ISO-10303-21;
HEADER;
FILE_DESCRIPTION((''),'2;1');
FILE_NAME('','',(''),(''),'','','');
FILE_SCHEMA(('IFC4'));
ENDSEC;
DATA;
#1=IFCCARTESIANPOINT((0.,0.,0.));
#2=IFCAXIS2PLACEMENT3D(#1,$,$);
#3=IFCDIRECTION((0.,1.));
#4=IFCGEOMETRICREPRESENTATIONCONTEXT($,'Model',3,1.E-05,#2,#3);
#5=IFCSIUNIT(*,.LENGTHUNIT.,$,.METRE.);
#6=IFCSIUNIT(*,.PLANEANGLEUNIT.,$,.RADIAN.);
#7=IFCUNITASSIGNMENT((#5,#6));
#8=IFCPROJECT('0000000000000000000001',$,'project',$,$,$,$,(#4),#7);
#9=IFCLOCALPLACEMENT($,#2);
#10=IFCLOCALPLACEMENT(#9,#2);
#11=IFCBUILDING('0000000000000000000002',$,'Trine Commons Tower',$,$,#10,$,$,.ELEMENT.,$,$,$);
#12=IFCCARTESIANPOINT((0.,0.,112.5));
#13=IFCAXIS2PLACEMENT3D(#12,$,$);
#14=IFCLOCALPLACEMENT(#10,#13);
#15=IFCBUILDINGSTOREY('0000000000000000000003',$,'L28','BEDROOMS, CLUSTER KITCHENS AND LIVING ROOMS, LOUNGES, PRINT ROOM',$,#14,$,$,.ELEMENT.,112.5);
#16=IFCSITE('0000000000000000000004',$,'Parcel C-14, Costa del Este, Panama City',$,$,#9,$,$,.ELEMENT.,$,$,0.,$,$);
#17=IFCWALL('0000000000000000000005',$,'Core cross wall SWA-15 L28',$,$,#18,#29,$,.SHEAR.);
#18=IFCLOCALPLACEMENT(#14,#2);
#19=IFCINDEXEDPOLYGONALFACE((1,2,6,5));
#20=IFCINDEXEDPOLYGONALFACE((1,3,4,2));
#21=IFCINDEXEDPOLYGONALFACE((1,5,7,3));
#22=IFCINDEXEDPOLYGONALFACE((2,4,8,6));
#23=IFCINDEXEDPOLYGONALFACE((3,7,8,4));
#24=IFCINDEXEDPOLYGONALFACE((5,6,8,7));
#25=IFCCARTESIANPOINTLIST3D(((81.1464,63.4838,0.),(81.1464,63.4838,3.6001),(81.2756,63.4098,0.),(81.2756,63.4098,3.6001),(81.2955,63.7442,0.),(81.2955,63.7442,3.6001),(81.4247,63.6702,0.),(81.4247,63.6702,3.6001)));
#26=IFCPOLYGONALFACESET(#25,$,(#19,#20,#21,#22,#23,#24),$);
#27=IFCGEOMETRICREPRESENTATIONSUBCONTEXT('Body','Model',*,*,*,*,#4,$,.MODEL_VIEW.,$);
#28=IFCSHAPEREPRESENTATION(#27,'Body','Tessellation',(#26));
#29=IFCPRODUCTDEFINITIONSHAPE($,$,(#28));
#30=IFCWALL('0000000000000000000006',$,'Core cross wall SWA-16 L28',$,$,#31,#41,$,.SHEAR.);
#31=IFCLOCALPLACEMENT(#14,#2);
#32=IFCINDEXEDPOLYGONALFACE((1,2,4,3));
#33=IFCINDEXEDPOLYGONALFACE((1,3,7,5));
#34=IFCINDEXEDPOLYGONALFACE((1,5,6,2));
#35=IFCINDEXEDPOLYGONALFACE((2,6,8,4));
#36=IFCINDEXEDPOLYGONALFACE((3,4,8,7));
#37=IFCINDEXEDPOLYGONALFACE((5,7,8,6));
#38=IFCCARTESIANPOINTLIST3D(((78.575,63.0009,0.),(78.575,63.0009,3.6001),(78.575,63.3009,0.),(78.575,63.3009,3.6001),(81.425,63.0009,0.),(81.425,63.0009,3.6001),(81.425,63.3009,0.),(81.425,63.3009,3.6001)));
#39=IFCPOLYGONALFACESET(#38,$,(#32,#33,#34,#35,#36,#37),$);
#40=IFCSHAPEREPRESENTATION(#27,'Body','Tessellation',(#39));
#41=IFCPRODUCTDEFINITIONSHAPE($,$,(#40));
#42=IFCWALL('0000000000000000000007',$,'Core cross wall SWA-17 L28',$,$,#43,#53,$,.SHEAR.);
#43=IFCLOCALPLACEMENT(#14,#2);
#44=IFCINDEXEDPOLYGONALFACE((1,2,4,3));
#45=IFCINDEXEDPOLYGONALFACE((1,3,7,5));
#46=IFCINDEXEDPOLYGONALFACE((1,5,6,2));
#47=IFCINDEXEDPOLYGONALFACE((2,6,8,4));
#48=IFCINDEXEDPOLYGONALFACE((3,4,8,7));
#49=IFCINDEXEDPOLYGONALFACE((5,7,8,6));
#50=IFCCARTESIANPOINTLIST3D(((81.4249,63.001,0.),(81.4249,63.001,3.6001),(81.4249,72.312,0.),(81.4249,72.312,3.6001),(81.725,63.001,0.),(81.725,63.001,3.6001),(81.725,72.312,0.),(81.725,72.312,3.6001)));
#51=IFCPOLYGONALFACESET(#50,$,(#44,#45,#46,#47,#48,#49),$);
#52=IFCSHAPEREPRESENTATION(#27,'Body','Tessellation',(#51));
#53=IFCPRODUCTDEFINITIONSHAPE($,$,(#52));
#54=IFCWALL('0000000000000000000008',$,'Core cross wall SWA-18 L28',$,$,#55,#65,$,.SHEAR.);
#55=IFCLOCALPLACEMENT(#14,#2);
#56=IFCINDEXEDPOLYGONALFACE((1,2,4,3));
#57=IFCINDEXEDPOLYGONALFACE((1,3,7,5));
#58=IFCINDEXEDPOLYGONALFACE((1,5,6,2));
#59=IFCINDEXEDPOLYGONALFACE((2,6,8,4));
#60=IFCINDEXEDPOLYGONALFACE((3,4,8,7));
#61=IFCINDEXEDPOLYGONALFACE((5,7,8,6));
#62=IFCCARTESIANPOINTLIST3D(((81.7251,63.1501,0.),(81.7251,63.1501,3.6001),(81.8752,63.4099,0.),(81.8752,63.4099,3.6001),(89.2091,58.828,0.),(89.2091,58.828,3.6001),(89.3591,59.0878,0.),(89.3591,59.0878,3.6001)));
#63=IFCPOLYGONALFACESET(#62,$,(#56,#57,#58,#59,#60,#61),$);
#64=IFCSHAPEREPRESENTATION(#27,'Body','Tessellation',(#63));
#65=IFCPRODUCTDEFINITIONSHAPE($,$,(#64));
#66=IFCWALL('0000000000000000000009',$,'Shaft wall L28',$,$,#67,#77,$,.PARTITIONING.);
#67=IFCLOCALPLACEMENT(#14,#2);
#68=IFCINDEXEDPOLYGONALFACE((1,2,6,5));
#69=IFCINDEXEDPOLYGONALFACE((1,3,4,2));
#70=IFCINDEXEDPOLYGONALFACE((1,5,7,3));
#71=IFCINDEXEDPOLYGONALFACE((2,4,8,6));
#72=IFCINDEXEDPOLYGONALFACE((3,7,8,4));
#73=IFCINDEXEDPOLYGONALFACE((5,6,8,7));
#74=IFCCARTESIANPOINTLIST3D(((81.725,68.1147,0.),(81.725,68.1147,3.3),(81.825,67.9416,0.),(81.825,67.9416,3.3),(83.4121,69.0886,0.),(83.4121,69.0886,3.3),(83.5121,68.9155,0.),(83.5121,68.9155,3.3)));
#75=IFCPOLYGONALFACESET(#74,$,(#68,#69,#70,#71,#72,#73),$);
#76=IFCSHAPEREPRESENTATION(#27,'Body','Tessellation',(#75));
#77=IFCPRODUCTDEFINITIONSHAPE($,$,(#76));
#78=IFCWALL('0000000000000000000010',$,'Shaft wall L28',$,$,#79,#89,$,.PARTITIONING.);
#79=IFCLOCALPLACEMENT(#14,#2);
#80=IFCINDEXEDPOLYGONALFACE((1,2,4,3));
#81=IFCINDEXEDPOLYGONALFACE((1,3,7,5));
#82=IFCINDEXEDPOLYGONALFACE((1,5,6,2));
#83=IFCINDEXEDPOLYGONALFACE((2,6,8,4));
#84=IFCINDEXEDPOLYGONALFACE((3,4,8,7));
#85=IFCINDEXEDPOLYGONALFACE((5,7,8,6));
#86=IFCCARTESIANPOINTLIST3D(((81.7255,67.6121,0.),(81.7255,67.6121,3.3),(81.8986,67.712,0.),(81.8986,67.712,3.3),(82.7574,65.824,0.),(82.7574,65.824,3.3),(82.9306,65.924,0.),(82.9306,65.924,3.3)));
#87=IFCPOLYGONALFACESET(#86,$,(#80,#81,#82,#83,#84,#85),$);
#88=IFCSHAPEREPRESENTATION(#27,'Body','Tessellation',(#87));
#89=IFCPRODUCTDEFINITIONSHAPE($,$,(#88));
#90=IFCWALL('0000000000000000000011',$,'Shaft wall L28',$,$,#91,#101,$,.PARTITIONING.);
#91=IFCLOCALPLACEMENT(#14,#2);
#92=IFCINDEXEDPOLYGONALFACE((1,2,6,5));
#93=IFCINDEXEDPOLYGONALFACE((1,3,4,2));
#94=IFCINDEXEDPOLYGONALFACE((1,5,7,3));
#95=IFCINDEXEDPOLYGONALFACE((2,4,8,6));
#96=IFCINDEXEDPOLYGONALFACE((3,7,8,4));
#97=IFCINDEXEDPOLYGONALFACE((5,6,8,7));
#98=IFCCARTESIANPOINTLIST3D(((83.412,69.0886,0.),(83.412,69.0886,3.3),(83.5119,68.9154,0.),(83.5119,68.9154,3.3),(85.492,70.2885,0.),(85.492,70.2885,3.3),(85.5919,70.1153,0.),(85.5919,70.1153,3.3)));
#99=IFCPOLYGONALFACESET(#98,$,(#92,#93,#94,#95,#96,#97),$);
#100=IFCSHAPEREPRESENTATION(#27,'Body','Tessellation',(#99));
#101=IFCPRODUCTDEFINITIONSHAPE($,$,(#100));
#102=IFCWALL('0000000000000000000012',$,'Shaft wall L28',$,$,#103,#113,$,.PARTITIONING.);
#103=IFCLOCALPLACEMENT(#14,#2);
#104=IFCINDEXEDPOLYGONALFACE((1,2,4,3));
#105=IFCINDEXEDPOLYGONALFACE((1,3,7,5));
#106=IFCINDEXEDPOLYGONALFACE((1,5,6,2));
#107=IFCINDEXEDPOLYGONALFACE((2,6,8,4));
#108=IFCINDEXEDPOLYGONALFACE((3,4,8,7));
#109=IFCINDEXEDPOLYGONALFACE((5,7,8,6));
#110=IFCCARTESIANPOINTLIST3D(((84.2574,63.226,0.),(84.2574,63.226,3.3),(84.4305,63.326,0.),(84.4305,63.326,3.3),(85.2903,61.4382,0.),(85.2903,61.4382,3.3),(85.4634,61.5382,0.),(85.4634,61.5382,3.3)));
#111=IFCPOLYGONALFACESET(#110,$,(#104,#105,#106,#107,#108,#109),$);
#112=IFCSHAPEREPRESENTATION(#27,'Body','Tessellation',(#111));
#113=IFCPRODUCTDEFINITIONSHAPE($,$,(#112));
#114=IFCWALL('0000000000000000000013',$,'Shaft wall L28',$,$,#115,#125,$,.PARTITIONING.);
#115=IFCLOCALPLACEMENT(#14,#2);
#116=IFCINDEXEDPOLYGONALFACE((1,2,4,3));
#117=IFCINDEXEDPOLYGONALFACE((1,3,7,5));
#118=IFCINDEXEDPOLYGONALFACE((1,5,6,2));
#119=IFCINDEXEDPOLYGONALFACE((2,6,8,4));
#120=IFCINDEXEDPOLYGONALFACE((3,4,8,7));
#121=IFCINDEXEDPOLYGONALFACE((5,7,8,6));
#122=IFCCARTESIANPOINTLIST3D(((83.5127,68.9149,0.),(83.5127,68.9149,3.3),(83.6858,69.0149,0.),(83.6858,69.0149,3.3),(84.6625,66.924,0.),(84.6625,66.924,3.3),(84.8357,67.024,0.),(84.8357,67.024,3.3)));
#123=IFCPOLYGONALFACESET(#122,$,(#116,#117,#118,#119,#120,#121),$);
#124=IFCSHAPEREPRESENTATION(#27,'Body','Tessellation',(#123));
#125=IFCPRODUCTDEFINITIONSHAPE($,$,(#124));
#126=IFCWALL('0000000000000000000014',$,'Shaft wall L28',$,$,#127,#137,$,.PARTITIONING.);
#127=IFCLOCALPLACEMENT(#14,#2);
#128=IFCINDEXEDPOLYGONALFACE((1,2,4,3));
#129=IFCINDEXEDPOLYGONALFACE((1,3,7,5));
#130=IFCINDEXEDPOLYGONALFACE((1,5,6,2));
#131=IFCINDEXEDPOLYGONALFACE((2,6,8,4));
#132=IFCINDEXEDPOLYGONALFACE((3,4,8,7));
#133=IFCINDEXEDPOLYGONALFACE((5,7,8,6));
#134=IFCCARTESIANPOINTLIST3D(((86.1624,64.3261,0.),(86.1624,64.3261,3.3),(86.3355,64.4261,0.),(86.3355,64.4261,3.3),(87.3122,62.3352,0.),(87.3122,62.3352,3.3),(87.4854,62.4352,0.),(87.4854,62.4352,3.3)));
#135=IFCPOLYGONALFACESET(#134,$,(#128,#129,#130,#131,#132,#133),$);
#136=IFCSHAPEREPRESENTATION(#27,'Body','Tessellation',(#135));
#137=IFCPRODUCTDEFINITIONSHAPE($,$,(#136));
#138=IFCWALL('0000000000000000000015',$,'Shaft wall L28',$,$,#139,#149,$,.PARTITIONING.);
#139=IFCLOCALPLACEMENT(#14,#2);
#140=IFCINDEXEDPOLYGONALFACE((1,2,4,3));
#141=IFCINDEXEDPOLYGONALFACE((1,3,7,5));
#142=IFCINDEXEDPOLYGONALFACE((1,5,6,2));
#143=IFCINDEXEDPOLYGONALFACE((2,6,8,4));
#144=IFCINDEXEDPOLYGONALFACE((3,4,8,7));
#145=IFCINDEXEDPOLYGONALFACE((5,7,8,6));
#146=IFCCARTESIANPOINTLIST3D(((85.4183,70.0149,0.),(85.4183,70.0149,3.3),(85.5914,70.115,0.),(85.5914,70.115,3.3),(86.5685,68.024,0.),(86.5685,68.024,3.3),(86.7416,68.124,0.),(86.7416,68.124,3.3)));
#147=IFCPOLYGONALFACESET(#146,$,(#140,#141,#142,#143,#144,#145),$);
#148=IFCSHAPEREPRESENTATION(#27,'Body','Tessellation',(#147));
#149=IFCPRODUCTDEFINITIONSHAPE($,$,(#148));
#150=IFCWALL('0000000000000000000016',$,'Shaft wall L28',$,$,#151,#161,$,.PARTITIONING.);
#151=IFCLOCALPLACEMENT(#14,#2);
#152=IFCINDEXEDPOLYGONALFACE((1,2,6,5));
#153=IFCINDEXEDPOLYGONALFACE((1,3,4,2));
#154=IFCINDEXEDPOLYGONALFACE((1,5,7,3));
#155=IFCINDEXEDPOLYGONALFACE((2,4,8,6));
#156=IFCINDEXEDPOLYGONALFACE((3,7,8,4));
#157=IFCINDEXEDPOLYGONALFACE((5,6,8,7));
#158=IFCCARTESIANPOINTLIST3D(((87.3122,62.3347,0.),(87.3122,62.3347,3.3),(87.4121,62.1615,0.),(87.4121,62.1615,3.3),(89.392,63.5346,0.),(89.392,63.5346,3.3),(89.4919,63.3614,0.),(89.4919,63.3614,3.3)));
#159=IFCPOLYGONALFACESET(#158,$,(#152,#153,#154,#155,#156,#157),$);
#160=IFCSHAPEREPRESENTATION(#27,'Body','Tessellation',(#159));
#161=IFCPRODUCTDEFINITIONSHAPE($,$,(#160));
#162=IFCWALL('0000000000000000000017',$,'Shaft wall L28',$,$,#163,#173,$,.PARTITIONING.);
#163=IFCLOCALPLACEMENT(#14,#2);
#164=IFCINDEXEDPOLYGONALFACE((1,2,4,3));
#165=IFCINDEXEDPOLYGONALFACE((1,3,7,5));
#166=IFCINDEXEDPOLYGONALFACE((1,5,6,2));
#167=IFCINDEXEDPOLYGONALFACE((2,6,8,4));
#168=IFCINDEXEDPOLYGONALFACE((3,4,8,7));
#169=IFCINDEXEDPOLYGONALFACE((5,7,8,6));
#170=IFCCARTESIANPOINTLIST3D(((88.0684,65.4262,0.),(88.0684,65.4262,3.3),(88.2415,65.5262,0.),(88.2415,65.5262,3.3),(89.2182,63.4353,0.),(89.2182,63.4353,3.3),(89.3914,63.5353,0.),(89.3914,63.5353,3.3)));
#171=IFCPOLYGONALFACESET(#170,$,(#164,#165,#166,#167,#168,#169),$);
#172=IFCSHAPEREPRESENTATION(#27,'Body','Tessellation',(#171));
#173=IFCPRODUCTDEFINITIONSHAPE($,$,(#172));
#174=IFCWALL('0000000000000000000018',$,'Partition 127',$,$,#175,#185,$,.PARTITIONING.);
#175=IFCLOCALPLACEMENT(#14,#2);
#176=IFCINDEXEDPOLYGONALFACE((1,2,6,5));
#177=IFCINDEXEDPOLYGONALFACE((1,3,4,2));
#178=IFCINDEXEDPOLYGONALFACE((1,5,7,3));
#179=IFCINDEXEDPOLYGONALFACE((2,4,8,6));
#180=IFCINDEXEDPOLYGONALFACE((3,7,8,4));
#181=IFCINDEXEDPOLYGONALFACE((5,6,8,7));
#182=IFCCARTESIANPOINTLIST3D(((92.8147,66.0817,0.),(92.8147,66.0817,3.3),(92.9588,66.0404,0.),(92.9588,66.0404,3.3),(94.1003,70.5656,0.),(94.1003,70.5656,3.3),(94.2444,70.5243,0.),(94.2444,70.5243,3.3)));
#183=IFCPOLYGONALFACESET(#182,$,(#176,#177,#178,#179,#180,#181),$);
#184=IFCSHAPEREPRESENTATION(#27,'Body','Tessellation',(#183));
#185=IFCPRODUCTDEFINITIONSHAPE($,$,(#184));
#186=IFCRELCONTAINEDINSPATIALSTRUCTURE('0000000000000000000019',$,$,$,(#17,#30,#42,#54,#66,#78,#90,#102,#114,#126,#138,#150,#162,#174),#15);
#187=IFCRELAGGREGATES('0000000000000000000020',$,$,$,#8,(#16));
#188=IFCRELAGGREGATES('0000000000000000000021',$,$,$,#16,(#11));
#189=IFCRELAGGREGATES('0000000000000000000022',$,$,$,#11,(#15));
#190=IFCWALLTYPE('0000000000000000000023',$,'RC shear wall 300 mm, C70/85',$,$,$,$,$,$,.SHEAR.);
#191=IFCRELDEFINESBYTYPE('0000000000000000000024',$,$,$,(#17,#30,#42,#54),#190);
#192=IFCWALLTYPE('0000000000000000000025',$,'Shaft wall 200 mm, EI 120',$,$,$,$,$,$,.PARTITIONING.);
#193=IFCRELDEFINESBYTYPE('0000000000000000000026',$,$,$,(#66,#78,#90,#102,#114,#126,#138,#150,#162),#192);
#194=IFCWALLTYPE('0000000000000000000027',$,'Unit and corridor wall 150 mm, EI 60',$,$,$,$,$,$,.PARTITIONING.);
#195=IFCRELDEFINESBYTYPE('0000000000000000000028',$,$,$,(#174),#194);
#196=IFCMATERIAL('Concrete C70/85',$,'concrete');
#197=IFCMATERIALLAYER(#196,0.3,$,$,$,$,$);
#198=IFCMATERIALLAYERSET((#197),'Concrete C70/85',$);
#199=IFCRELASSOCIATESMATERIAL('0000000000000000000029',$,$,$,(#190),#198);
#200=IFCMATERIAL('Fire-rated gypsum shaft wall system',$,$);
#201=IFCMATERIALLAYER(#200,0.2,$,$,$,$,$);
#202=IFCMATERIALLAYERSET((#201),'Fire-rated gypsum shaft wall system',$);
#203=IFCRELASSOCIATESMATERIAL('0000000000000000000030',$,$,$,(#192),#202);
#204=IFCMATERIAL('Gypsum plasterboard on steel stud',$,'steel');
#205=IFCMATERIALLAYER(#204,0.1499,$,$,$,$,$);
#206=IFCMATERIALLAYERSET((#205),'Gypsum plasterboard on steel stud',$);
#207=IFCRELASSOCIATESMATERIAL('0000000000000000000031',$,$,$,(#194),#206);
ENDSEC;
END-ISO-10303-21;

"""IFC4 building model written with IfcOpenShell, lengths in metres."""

from ifc_helpers import new_model, si_unit, direction, frame, frame_2d, origin, place, context, subcontext, project, spatial, rectangle, extrude, material, layer, layer_set, type_object, element, save


model = new_model("IFC4")

# Units and contexts
model_context = context("Model", 3, precision=1e-05, world=origin(), true_north=direction((0.0, 1.0)))
body_context = subcontext(model_context, "Body", "Model", "MODEL_VIEW")
ifc_project = project(units=[si_unit("LENGTHUNIT", "METRE"), si_unit("PLANEANGLEUNIT", "RADIAN")], contexts=[model_context])

# Site, building, storey
site_placement = place(None, origin())
site = spatial("IfcSite", under=ifc_project, at=site_placement, Name="Parcel C-14, Costa del Este, Panama City", CompositionType="ELEMENT", RefElevation=0.0)
building_placement = place(site_placement, origin())
building = spatial("IfcBuilding", under=site, at=building_placement, Name="Trine Commons Tower", CompositionType="ELEMENT")
storey_placement = place(building_placement, frame((0.0, 0.0, 112.5)))
storey = spatial("IfcBuildingStorey", under=building, at=storey_placement, Name="L28", Description="BEDROOMS, CLUSTER KITCHENS AND LIVING ROOMS, LOUNGES, PRINT ROOM", CompositionType="ELEMENT", Elevation=112.5)

# Shared definitions
ifc_material_1 = material(Name="Fire-rated gypsum shaft wall system")
ifc_material_2 = material(Name="Concrete C70/85", Category="concrete")
ifc_layer_1 = layer(ifc_material_2, 0.3)
ifc_layer_set_1 = layer_set([ifc_layer_1], Name="Concrete C70/85")
wall_type_1 = type_object("IfcWallType", Name="RC shear wall 300 mm, C70/85", PredefinedType="SHEAR", material=ifc_layer_set_1)

# Walls
wall_1_placement = place(storey_placement, frame((81.2209, 63.614, 0.0), z_axis=(0.0, 0.0, 1.0), x_axis=(0.867738, -0.497022, 0.0)))
element("IfcWall", 1, at=wall_1_placement, inside=storey, type_object=wall_type_1, Name="Core cross wall SWA-15 L28", PredefinedType="SHEAR", context=body_context, shape_type="SweptSolid", body=[
    extrude(rectangle(XDim=0.1489, YDim=0.3, at=frame_2d((0.0745, 0.0))), origin(), (0.0, 0.0, 1.0), 3.6001),
])
wall_2_placement = place(storey_placement, frame((81.425, 63.1509, 0.0), z_axis=(0.0, 0.0, 1.0), x_axis=(-1.0, 0.0, 0.0)))
element("IfcWall", 2, at=wall_2_placement, inside=storey, type_object=wall_type_1, Name="Core cross wall SWA-16 L28", PredefinedType="SHEAR", context=body_context, shape_type="SweptSolid", body=[
    extrude(rectangle(XDim=2.8501, YDim=0.3, at=frame_2d((1.425, 0.0))), origin(), (0.0, 0.0, 1.0), 3.6001),
])
wall_3_placement = place(storey_placement, frame((81.575, 63.001, 0.0), z_axis=(0.0, 0.0, 1.0), x_axis=(0.0, 1.0, 0.0)))
element("IfcWall", 3, at=wall_3_placement, inside=storey, type_object=wall_type_1, Name="Core cross wall SWA-17 L28", PredefinedType="SHEAR", context=body_context, shape_type="SweptSolid", body=[
    extrude(rectangle(XDim=9.311, YDim=0.3, at=frame_2d((4.6555, 0.0))), origin(), (0.0, 0.0, 1.0), 3.6001),
])
wall_4_placement = place(storey_placement, frame((81.8, 63.28, 0.0), z_axis=(0.0, 0.0, 1.0), x_axis=(0.865965, -0.500104, 0.0)))
element("IfcWall", 4, at=wall_4_placement, inside=storey, type_object=wall_type_1, Name="Core cross wall SWA-18 L28", PredefinedType="SHEAR", context=body_context, shape_type="SweptSolid", body=[
    extrude(rectangle(XDim=8.6423, YDim=0.3, at=frame_2d((4.3213, 0.0))), origin(), (0.0, 0.0, 1.0), 3.6001),
])
ifc_layer_2 = layer(ifc_material_1, 0.2)
ifc_layer_set_2 = layer_set([ifc_layer_2], Name="Fire-rated gypsum shaft wall system")
wall_type_2 = type_object("IfcWallType", Name="Shaft wall 200 mm, EI 120", PredefinedType="PARTITIONING", material=ifc_layer_set_2)
wall_5_placement = place(storey_placement, frame((81.7749, 68.0281, 0.0), z_axis=(0.0, 0.0, 1.0), x_axis=(0.866052, 0.499954, 0.0)))
element("IfcWall", 5, at=wall_5_placement, inside=storey, type_object=wall_type_2, Name="Shaft wall L28", PredefinedType="PARTITIONING", context=body_context, shape_type="SweptSolid", body=[
    extrude(rectangle(XDim=1.948, YDim=0.2, at=frame_2d((0.9741, 0.0))), origin(), (0.0, 0.0, 1.0), 3.3),
])
wall_6_placement = place(storey_placement, frame((82.844, 65.874, 0.0), z_axis=(0.0, 0.0, 1.0), x_axis=(-0.499866, 0.866103, 0.0)))
element("IfcWall", 6, at=wall_6_placement, inside=storey, type_object=wall_type_2, Name="Shaft wall L28", PredefinedType="PARTITIONING", context=body_context, shape_type="SweptSolid", body=[
    extrude(rectangle(XDim=2.0645, YDim=0.2, at=frame_2d((1.0322, 0.0))), origin(), (0.0, 0.0, 1.0), 3.3),
])
wall_7_placement = place(storey_placement, frame((83.4619, 69.002, 0.0), z_axis=(0.0, 0.0, 1.0), x_axis=(0.866203, 0.499693, 0.0)))
element("IfcWall", 7, at=wall_7_placement, inside=storey, type_object=wall_type_2, Name="Shaft wall L28", PredefinedType="PARTITIONING", context=body_context, shape_type="SweptSolid", body=[
    extrude(rectangle(XDim=2.4014, YDim=0.2, at=frame_2d((1.2007, 0.0))), origin(), (0.0, 0.0, 1.0), 3.3),
])
wall_8_placement = place(storey_placement, frame((84.344, 63.2759, 0.0), z_axis=(0.0, 0.0, 1.0), x_axis=(0.500272, -0.865868, 0.0)))
element("IfcWall", 8, at=wall_8_placement, inside=storey, type_object=wall_type_2, Name="Shaft wall L28", PredefinedType="PARTITIONING", context=body_context, shape_type="SweptSolid", body=[
    extrude(rectangle(XDim=2.0647, YDim=0.2, at=frame_2d((1.0322, 0.0))), origin(), (0.0, 0.0, 1.0), 3.3),
])
for number, where, z_axis, x_axis, name in (
    (9, (84.749, 66.9741, 0.0), (0.0, 0.0, 1.0), (-0.500136, 0.865947, 0.0), "Shaft wall L28"),
    (10, (86.249, 64.376, 0.0), (0.0, 0.0, 1.0), (0.500136, -0.865947, 0.0), "Shaft wall L28"),
):
    element("IfcWall", number, at=place(storey_placement, frame(where, z_axis=z_axis, x_axis=x_axis)), inside=storey, type_object=wall_type_2, Name=name, PredefinedType="PARTITIONING", context=body_context, shape_type="SweptSolid", body=[
        extrude(rectangle(XDim=2.2991, YDim=0.2, at=frame_2d((1.1494, 0.0))), origin(), (0.0, 0.0, 1.0), 3.3),
    ])
wall_9_placement = place(storey_placement, frame((86.655, 68.074, 0.0), z_axis=(0.0, 0.0, 1.0), x_axis=(-0.500216, 0.865901, 0.0)))
element("IfcWall", 11, at=wall_9_placement, inside=storey, type_object=wall_type_2, Name="Shaft wall L28", PredefinedType="PARTITIONING", context=body_context, shape_type="SweptSolid", body=[
    extrude(rectangle(XDim=2.2993, YDim=0.2, at=frame_2d((1.1497, 0.0))), origin(), (0.0, 0.0, 1.0), 3.3),
])
wall_10_placement = place(storey_placement, frame((87.3621, 62.248, 0.0), z_axis=(0.0, 0.0, 1.0), x_axis=(0.866177, 0.499737, 0.0)))
element("IfcWall", 12, at=wall_10_placement, inside=storey, type_object=wall_type_2, Name="Shaft wall L28", PredefinedType="PARTITIONING", context=body_context, shape_type="SweptSolid", body=[
    extrude(rectangle(XDim=2.4011, YDim=0.2, at=frame_2d((1.2007, 0.0))), origin(), (0.0, 0.0, 1.0), 3.3),
])
wall_11_placement = place(storey_placement, frame((88.155, 65.4761, 0.0), z_axis=(0.0, 0.0, 1.0), x_axis=(0.500136, -0.865947, 0.0)))
element("IfcWall", 13, at=wall_11_placement, inside=storey, type_object=wall_type_2, Name="Shaft wall L28", PredefinedType="PARTITIONING", context=body_context, shape_type="SweptSolid", body=[
    extrude(rectangle(XDim=2.2991, YDim=0.2, at=frame_2d((1.1494, 0.0))), origin(), (0.0, 0.0, 1.0), 3.3),
])
ifc_material_3 = material(Name="Gypsum plasterboard on steel stud", Category="steel")
ifc_layer_3 = layer(ifc_material_3, 0.1499)
ifc_layer_set_3 = layer_set([ifc_layer_3], Name="Gypsum plasterboard on steel stud")
wall_type_3 = type_object("IfcWallType", Name="Unit and corridor wall 150 mm, EI 60", PredefinedType="PARTITIONING", material=ifc_layer_set_3)
wall_12_placement = place(storey_placement, frame((92.8867, 66.061, 0.0), z_axis=(0.0, 0.0, 1.0), x_axis=(0.27562, 0.961267, 0.0)))
element("IfcWall", 14, at=wall_12_placement, inside=storey, type_object=wall_type_3, Name="Partition 127", PredefinedType="PARTITIONING", context=body_context, shape_type="SweptSolid", body=[
    extrude(rectangle(XDim=4.6646, YDim=0.1499, at=frame_2d((2.3323, 0.0))), origin(), (0.0, 0.0, 1.0), 3.3),
])

save(model, "model.ifc")
